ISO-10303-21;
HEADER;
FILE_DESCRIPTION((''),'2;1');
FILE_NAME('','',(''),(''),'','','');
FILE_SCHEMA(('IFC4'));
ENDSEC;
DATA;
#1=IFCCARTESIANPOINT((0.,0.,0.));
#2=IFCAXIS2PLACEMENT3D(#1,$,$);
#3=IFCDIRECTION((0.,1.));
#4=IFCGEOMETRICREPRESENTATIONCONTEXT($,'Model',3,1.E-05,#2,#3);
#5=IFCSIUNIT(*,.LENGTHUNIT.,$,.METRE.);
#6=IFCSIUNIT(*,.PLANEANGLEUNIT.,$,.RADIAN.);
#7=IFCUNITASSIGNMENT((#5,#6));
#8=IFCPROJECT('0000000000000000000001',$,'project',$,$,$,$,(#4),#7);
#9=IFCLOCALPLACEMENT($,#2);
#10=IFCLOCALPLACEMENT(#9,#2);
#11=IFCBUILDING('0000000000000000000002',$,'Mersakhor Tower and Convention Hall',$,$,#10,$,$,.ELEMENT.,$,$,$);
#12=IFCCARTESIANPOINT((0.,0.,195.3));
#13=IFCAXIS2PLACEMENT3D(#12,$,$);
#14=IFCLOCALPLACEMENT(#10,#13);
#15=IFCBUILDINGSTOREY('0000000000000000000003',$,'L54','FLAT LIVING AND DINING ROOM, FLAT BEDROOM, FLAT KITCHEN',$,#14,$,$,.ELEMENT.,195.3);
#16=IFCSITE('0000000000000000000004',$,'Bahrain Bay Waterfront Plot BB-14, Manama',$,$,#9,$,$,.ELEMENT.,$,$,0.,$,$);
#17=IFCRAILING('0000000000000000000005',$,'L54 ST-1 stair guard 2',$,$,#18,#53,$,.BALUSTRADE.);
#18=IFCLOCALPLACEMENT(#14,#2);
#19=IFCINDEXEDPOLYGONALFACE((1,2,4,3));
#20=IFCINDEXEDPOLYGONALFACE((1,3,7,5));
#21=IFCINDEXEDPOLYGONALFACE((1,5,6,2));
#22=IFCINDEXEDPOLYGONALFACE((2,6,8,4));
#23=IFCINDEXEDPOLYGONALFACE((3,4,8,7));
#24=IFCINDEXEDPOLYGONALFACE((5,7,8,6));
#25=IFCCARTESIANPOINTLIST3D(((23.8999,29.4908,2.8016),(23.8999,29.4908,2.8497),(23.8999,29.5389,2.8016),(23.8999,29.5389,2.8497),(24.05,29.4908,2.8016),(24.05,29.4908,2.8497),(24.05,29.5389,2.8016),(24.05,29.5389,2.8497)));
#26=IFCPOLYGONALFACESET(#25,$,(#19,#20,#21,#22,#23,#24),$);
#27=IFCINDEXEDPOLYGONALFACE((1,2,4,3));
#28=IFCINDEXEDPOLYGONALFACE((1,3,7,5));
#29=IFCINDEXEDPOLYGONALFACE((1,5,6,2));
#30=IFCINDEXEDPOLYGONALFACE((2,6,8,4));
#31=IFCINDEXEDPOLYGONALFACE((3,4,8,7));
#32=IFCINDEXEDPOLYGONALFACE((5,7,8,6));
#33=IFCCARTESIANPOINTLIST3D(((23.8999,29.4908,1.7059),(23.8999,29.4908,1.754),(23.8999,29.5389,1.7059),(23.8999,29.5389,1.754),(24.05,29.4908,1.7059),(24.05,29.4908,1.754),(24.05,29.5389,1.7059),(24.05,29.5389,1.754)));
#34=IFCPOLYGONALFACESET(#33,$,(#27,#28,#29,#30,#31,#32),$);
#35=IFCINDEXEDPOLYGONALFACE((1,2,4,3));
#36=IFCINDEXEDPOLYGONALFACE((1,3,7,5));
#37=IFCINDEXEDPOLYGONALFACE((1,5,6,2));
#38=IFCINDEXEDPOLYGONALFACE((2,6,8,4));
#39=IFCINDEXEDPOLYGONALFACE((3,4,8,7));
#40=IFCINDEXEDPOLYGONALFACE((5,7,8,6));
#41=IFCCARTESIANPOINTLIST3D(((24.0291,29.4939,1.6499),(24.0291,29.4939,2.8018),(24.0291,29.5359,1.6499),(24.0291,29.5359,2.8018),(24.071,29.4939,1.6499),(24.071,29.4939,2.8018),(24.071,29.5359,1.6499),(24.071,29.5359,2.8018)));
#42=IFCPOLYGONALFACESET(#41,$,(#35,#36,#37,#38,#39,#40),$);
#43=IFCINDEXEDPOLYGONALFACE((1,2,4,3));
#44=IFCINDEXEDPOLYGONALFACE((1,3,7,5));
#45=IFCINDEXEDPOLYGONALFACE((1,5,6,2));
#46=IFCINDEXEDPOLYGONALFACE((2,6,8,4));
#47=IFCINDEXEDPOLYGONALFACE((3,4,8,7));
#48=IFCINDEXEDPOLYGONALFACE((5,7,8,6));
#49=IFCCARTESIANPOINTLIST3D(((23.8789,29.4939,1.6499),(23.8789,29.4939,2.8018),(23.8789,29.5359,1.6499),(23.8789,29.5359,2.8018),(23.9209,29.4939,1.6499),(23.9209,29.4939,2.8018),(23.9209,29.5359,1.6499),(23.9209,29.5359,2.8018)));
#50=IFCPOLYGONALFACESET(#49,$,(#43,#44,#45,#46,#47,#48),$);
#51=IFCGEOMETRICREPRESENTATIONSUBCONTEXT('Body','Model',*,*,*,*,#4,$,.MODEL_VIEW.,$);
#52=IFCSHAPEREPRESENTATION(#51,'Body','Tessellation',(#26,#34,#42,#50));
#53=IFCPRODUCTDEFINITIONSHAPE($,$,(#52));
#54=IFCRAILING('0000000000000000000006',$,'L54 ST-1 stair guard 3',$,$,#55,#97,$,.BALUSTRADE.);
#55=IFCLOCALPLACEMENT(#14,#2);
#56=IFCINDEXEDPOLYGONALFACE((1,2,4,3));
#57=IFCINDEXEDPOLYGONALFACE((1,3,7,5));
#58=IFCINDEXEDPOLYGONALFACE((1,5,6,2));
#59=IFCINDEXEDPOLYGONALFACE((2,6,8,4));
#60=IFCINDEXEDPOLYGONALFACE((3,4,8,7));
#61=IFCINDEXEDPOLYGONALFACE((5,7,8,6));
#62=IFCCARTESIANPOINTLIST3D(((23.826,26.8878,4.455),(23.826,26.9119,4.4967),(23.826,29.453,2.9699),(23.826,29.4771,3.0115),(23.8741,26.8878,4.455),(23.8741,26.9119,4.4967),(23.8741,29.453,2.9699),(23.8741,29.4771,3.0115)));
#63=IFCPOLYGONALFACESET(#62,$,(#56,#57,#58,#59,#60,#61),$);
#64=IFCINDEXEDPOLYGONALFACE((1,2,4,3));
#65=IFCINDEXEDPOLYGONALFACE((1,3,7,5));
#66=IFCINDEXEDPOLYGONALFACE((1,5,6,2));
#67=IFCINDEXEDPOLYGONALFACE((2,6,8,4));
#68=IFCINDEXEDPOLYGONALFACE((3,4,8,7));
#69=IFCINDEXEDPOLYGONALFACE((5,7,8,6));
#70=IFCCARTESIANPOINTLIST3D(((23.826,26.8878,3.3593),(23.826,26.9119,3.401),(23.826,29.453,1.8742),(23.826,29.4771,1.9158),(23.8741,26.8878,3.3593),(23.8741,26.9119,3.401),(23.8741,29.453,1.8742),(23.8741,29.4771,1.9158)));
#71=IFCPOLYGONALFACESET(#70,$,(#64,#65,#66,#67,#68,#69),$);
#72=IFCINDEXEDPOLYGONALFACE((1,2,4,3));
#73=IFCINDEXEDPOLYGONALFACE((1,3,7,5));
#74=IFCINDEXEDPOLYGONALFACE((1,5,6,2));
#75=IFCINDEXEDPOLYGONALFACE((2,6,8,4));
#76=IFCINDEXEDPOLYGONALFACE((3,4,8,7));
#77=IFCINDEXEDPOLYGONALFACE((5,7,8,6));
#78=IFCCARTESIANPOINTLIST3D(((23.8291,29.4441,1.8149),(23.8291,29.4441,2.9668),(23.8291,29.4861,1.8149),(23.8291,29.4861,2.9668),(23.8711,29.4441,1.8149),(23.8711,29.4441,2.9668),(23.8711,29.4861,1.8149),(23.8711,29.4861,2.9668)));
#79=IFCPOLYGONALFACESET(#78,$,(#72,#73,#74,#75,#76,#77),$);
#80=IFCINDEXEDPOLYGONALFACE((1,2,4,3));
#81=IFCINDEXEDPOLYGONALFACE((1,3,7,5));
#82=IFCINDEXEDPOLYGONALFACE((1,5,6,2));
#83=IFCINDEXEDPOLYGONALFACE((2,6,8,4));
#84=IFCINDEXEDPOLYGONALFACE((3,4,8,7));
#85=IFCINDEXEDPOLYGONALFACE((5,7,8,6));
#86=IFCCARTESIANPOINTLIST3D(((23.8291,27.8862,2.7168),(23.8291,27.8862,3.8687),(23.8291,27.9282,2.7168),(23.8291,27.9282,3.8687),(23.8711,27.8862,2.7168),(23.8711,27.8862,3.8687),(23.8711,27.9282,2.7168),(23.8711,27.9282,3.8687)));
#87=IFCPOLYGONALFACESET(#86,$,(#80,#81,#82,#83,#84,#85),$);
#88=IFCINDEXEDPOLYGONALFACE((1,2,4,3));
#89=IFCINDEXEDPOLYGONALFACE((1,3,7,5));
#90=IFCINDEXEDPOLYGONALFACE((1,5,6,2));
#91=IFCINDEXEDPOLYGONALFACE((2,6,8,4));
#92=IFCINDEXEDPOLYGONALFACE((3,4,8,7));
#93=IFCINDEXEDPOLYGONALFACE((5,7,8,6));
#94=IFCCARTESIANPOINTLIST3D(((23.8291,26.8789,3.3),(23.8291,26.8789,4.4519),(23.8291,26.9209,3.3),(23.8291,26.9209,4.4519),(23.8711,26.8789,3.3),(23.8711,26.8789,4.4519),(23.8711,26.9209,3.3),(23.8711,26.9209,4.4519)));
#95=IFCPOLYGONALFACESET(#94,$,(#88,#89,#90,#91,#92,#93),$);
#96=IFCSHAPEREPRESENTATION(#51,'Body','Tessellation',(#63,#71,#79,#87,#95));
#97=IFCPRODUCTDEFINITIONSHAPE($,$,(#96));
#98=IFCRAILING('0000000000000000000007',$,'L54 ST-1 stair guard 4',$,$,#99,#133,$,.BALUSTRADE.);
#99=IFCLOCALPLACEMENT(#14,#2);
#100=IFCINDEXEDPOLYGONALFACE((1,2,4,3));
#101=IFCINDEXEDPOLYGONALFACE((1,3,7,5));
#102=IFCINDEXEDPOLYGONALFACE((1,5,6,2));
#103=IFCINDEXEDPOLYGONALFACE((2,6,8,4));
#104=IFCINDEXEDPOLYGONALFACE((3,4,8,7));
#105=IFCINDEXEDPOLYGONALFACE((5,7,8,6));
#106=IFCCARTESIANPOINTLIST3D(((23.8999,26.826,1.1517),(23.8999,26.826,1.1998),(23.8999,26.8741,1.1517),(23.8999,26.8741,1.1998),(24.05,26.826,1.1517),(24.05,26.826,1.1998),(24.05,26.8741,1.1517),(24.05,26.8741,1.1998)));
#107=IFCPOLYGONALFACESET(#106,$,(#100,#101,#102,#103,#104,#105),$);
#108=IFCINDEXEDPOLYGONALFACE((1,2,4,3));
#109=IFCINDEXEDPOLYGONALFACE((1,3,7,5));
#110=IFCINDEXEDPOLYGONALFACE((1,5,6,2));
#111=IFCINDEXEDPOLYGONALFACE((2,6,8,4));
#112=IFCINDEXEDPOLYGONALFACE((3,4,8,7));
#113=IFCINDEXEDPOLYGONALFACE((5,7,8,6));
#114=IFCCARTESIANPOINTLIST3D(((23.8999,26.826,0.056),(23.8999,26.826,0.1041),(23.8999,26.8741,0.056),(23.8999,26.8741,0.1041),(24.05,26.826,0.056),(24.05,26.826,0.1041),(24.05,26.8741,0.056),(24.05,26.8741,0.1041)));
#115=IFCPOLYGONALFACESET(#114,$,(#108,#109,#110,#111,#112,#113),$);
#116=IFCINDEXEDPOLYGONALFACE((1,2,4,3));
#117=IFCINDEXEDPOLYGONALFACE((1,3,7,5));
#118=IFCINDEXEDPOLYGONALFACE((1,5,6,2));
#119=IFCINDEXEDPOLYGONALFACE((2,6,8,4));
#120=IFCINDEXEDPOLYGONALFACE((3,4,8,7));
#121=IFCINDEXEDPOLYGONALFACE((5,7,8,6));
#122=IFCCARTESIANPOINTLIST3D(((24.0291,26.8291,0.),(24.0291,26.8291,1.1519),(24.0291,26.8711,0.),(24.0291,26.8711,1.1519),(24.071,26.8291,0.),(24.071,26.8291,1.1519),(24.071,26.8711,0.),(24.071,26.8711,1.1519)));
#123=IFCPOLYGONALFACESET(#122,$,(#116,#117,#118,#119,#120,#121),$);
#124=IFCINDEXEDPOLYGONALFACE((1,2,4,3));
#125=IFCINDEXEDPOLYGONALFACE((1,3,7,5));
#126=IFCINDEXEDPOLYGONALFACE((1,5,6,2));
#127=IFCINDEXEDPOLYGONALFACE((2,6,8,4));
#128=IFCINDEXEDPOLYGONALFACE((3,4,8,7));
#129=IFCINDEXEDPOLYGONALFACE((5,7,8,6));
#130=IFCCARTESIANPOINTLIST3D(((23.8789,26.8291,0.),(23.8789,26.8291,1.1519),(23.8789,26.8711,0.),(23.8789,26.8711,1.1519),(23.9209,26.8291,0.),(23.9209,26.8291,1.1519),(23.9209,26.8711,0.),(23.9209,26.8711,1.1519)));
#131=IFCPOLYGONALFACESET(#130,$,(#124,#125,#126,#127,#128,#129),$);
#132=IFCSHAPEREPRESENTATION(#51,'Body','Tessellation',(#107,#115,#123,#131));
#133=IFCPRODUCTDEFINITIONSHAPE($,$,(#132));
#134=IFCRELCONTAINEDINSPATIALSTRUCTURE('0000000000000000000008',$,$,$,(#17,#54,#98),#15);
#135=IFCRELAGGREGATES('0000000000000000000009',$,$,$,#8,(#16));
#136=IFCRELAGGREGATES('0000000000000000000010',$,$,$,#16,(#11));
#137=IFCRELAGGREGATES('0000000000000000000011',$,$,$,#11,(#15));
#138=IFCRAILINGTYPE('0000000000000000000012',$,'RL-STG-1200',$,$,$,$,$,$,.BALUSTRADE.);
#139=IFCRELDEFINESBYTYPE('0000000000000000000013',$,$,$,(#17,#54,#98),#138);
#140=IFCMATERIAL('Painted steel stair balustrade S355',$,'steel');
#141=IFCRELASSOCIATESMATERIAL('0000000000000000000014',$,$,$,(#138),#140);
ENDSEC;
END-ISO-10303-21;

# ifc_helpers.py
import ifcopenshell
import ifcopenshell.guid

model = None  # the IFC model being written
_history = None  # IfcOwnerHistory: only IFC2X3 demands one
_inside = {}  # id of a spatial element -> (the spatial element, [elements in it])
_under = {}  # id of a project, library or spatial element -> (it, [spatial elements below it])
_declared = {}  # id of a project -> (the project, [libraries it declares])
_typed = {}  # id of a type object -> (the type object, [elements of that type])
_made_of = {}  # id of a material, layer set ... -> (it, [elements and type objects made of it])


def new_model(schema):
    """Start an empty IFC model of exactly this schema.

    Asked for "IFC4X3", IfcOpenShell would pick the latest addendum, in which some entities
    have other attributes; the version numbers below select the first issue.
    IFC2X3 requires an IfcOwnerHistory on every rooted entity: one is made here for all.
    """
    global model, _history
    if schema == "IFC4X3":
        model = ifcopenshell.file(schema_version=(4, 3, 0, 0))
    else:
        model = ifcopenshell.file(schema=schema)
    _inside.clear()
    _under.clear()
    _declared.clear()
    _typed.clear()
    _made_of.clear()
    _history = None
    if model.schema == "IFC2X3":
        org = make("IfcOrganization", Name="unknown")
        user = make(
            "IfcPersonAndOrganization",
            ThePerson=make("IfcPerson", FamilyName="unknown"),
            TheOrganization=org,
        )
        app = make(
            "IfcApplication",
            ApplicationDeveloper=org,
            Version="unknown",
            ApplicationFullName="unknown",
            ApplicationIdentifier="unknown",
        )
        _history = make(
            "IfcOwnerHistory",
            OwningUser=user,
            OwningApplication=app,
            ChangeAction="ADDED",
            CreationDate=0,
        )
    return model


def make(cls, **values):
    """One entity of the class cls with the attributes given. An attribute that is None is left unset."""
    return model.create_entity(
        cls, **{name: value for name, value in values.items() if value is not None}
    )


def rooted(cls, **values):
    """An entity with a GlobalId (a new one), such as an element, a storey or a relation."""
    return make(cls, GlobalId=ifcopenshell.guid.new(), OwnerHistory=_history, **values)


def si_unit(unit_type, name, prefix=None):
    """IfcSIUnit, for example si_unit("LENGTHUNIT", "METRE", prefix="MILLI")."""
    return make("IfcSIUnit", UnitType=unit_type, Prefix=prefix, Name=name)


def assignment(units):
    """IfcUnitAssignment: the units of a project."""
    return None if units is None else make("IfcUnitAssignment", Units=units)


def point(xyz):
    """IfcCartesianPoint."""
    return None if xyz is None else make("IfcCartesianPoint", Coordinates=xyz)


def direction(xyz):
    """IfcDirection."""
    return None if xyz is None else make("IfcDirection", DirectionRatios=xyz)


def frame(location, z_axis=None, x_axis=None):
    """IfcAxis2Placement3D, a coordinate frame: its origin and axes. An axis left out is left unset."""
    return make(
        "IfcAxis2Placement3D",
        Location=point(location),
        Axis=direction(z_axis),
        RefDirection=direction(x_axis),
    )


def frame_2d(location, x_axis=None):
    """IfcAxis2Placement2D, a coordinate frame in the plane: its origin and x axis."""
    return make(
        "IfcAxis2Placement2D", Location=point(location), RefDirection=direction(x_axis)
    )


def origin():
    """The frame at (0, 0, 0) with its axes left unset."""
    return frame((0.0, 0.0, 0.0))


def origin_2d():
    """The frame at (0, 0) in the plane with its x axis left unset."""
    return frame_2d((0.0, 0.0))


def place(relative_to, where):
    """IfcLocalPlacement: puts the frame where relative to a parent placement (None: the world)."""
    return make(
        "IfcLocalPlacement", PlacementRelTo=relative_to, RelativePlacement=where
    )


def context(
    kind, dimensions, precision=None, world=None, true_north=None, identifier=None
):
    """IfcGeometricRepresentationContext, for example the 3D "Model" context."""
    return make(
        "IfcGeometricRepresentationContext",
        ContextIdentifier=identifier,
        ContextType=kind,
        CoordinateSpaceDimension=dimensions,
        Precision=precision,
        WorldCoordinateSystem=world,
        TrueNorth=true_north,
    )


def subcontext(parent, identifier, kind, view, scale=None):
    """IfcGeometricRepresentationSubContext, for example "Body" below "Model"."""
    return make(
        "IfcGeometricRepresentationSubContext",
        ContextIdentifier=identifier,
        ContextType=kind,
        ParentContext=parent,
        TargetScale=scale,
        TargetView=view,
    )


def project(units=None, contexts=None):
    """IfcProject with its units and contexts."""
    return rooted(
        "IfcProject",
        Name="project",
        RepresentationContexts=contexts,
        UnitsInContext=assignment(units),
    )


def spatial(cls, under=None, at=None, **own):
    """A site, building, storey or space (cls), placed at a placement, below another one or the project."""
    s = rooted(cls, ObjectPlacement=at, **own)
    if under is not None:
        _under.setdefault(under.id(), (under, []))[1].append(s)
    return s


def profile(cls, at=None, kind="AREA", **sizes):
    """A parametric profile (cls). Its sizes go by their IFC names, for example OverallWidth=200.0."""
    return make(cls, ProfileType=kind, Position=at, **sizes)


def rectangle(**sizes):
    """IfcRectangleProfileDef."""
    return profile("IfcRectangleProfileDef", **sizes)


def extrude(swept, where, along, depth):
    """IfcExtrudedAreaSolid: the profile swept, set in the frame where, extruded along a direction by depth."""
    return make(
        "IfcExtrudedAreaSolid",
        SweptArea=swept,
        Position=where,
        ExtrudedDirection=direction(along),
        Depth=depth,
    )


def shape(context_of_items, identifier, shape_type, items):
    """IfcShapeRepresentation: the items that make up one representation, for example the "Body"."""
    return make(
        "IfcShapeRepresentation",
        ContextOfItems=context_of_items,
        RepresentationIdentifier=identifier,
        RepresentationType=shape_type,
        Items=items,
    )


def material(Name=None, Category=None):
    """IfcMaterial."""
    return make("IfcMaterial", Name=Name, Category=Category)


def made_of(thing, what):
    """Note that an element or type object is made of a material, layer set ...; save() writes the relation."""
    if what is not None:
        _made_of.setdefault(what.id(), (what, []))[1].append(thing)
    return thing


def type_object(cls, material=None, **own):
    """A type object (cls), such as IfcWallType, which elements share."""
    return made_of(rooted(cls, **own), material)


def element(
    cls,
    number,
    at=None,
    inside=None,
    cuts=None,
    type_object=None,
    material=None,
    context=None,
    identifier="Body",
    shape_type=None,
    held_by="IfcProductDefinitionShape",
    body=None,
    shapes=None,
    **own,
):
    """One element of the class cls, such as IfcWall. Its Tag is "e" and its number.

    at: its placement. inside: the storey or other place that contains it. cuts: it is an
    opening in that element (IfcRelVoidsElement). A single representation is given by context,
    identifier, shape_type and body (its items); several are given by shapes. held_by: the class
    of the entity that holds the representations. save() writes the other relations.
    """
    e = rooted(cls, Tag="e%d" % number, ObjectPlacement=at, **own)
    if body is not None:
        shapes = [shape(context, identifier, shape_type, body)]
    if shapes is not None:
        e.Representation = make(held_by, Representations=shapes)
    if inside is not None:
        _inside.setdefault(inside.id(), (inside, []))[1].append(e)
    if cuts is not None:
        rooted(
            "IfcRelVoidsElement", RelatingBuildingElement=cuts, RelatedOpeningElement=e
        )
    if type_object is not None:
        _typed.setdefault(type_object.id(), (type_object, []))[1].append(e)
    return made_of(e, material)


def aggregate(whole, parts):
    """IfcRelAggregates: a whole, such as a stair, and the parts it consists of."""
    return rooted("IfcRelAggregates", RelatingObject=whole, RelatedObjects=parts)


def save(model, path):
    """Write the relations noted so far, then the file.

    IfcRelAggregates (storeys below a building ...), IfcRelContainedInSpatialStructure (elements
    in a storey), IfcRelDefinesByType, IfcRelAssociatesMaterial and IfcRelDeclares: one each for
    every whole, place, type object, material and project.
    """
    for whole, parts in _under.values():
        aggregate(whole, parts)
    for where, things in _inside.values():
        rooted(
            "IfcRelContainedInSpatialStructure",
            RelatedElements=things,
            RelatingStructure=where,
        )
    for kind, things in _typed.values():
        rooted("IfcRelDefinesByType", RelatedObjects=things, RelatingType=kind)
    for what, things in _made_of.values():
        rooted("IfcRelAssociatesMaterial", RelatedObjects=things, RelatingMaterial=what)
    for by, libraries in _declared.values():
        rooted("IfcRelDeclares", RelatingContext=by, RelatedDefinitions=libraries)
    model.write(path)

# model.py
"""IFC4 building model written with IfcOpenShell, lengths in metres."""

from ifc_helpers import new_model, si_unit, direction, frame, origin, origin_2d, place, context, subcontext, project, spatial, rectangle, extrude, material, type_object, element, save


model = new_model("IFC4")

# Units and contexts
model_context = context("Model", 3, precision=1e-05, world=origin(), true_north=direction((0.0, 1.0)))
body_context = subcontext(model_context, "Body", "Model", "MODEL_VIEW")
ifc_project = project(units=[si_unit("LENGTHUNIT", "METRE"), si_unit("PLANEANGLEUNIT", "RADIAN")], contexts=[model_context])

# Site, building, storey
site_placement = place(None, origin())
site = spatial("IfcSite", under=ifc_project, at=site_placement, Name="Bahrain Bay Waterfront Plot BB-14, Manama", CompositionType="ELEMENT", RefElevation=0.0)
building_placement = place(site_placement, origin())
building = spatial("IfcBuilding", under=site, at=building_placement, Name="Mersakhor Tower and Convention Hall", CompositionType="ELEMENT")
storey_placement = place(building_placement, frame((0.0, 0.0, 195.3)))
storey = spatial("IfcBuildingStorey", under=building, at=storey_placement, Name="L54", Description="FLAT LIVING AND DINING ROOM, FLAT BEDROOM, FLAT KITCHEN", CompositionType="ELEMENT", Elevation=195.3)

# Railings
ifc_material_1 = material(Name="Painted steel stair balustrade S355", Category="steel")
railing_type_1 = type_object("IfcRailingType", Name="RL-STG-1200", PredefinedType="BALUSTRADE", material=ifc_material_1)
railing_1_placement = place(storey_placement, frame((24.05, 29.5149, 1.6499)))
element("IfcRailing", 1, at=railing_1_placement, inside=storey, type_object=railing_type_1, Name="L54 ST-1 stair guard 2", PredefinedType="BALUSTRADE", context=body_context, shape_type="SweptSolid", body=[
    extrude(rectangle(XDim=0.0481, YDim=0.0481, at=origin_2d()), frame((0.0, 0.0, 1.1758), z_axis=(-1.0, 0.0, 0.0), x_axis=(0.0, -1.0, 0.0)), (0.0, 0.0, 1.0), 0.1501),
    extrude(rectangle(XDim=0.0481, YDim=0.0481, at=origin_2d()), frame((0.0, 0.0, 0.0801), z_axis=(-1.0, 0.0, 0.0), x_axis=(0.0, -1.0, 0.0)), (0.0, 0.0, 1.0), 0.1501),
    extrude(rectangle(XDim=0.042, YDim=0.042, at=origin_2d()), origin(), (0.0, 0.0, 1.0), 1.1519),
    extrude(rectangle(XDim=0.042, YDim=0.042, at=origin_2d()), frame((-0.1501, 0.0, 0.0)), (0.0, 0.0, 1.0), 1.1519),
])
railing_2_placement = place(storey_placement, frame((23.8501, 29.4651, 1.8149)))
element("IfcRailing", 2, at=railing_2_placement, inside=storey, type_object=railing_type_1, Name="L54 ST-1 stair guard 3", PredefinedType="BALUSTRADE", context=body_context, shape_type="SweptSolid", body=[
    extrude(rectangle(XDim=0.0481, YDim=0.0481, at=origin_2d()), frame((0.0, 0.0, 1.1758), z_axis=(0.0, -0.865426, 0.501036), x_axis=(1.0, 0.0, 0.0)), (0.0, 0.0, 1.0), 2.9641),
    extrude(rectangle(XDim=0.0481, YDim=0.0481, at=origin_2d()), frame((0.0, 0.0, 0.0801), z_axis=(0.0, -0.865426, 0.501036), x_axis=(1.0, 0.0, 0.0)), (0.0, 0.0, 1.0), 2.9641),
    extrude(rectangle(XDim=0.042, YDim=0.042, at=origin_2d()), origin(), (0.0, 0.0, 1.0), 1.1519),
    extrude(rectangle(XDim=0.042, YDim=0.042, at=origin_2d()), frame((0.0, -1.5579, 0.9019)), (0.0, 0.0, 1.0), 1.1519),
    extrude(rectangle(XDim=0.042, YDim=0.042, at=origin_2d()), frame((0.0, -2.5652, 1.4851)), (0.0, 0.0, 1.0), 1.1519),
])
railing_3_placement = place(storey_placement, frame((24.05, 26.8501, 0.0)))
element("IfcRailing", 3, at=railing_3_placement, inside=storey, type_object=railing_type_1, Name="L54 ST-1 stair guard 4", PredefinedType="BALUSTRADE", context=body_context, shape_type="SweptSolid", body=[
    extrude(rectangle(XDim=0.0481, YDim=0.0481, at=origin_2d()), frame((0.0, 0.0, 1.1758), z_axis=(-1.0, 0.0, 0.0), x_axis=(0.0, -1.0, 0.0)), (0.0, 0.0, 1.0), 0.1501),
    extrude(rectangle(XDim=0.0481, YDim=0.0481, at=origin_2d()), frame((0.0, 0.0, 0.0801), z_axis=(-1.0, 0.0, 0.0), x_axis=(0.0, -1.0, 0.0)), (0.0, 0.0, 1.0), 0.1501),
    extrude(rectangle(XDim=0.042, YDim=0.042, at=origin_2d()), origin(), (0.0, 0.0, 1.0), 1.1519),
    extrude(rectangle(XDim=0.042, YDim=0.042, at=origin_2d()), frame((-0.1501, 0.0, 0.0)), (0.0, 0.0, 1.0), 1.1519),
])

save(model, "model.ifc")
